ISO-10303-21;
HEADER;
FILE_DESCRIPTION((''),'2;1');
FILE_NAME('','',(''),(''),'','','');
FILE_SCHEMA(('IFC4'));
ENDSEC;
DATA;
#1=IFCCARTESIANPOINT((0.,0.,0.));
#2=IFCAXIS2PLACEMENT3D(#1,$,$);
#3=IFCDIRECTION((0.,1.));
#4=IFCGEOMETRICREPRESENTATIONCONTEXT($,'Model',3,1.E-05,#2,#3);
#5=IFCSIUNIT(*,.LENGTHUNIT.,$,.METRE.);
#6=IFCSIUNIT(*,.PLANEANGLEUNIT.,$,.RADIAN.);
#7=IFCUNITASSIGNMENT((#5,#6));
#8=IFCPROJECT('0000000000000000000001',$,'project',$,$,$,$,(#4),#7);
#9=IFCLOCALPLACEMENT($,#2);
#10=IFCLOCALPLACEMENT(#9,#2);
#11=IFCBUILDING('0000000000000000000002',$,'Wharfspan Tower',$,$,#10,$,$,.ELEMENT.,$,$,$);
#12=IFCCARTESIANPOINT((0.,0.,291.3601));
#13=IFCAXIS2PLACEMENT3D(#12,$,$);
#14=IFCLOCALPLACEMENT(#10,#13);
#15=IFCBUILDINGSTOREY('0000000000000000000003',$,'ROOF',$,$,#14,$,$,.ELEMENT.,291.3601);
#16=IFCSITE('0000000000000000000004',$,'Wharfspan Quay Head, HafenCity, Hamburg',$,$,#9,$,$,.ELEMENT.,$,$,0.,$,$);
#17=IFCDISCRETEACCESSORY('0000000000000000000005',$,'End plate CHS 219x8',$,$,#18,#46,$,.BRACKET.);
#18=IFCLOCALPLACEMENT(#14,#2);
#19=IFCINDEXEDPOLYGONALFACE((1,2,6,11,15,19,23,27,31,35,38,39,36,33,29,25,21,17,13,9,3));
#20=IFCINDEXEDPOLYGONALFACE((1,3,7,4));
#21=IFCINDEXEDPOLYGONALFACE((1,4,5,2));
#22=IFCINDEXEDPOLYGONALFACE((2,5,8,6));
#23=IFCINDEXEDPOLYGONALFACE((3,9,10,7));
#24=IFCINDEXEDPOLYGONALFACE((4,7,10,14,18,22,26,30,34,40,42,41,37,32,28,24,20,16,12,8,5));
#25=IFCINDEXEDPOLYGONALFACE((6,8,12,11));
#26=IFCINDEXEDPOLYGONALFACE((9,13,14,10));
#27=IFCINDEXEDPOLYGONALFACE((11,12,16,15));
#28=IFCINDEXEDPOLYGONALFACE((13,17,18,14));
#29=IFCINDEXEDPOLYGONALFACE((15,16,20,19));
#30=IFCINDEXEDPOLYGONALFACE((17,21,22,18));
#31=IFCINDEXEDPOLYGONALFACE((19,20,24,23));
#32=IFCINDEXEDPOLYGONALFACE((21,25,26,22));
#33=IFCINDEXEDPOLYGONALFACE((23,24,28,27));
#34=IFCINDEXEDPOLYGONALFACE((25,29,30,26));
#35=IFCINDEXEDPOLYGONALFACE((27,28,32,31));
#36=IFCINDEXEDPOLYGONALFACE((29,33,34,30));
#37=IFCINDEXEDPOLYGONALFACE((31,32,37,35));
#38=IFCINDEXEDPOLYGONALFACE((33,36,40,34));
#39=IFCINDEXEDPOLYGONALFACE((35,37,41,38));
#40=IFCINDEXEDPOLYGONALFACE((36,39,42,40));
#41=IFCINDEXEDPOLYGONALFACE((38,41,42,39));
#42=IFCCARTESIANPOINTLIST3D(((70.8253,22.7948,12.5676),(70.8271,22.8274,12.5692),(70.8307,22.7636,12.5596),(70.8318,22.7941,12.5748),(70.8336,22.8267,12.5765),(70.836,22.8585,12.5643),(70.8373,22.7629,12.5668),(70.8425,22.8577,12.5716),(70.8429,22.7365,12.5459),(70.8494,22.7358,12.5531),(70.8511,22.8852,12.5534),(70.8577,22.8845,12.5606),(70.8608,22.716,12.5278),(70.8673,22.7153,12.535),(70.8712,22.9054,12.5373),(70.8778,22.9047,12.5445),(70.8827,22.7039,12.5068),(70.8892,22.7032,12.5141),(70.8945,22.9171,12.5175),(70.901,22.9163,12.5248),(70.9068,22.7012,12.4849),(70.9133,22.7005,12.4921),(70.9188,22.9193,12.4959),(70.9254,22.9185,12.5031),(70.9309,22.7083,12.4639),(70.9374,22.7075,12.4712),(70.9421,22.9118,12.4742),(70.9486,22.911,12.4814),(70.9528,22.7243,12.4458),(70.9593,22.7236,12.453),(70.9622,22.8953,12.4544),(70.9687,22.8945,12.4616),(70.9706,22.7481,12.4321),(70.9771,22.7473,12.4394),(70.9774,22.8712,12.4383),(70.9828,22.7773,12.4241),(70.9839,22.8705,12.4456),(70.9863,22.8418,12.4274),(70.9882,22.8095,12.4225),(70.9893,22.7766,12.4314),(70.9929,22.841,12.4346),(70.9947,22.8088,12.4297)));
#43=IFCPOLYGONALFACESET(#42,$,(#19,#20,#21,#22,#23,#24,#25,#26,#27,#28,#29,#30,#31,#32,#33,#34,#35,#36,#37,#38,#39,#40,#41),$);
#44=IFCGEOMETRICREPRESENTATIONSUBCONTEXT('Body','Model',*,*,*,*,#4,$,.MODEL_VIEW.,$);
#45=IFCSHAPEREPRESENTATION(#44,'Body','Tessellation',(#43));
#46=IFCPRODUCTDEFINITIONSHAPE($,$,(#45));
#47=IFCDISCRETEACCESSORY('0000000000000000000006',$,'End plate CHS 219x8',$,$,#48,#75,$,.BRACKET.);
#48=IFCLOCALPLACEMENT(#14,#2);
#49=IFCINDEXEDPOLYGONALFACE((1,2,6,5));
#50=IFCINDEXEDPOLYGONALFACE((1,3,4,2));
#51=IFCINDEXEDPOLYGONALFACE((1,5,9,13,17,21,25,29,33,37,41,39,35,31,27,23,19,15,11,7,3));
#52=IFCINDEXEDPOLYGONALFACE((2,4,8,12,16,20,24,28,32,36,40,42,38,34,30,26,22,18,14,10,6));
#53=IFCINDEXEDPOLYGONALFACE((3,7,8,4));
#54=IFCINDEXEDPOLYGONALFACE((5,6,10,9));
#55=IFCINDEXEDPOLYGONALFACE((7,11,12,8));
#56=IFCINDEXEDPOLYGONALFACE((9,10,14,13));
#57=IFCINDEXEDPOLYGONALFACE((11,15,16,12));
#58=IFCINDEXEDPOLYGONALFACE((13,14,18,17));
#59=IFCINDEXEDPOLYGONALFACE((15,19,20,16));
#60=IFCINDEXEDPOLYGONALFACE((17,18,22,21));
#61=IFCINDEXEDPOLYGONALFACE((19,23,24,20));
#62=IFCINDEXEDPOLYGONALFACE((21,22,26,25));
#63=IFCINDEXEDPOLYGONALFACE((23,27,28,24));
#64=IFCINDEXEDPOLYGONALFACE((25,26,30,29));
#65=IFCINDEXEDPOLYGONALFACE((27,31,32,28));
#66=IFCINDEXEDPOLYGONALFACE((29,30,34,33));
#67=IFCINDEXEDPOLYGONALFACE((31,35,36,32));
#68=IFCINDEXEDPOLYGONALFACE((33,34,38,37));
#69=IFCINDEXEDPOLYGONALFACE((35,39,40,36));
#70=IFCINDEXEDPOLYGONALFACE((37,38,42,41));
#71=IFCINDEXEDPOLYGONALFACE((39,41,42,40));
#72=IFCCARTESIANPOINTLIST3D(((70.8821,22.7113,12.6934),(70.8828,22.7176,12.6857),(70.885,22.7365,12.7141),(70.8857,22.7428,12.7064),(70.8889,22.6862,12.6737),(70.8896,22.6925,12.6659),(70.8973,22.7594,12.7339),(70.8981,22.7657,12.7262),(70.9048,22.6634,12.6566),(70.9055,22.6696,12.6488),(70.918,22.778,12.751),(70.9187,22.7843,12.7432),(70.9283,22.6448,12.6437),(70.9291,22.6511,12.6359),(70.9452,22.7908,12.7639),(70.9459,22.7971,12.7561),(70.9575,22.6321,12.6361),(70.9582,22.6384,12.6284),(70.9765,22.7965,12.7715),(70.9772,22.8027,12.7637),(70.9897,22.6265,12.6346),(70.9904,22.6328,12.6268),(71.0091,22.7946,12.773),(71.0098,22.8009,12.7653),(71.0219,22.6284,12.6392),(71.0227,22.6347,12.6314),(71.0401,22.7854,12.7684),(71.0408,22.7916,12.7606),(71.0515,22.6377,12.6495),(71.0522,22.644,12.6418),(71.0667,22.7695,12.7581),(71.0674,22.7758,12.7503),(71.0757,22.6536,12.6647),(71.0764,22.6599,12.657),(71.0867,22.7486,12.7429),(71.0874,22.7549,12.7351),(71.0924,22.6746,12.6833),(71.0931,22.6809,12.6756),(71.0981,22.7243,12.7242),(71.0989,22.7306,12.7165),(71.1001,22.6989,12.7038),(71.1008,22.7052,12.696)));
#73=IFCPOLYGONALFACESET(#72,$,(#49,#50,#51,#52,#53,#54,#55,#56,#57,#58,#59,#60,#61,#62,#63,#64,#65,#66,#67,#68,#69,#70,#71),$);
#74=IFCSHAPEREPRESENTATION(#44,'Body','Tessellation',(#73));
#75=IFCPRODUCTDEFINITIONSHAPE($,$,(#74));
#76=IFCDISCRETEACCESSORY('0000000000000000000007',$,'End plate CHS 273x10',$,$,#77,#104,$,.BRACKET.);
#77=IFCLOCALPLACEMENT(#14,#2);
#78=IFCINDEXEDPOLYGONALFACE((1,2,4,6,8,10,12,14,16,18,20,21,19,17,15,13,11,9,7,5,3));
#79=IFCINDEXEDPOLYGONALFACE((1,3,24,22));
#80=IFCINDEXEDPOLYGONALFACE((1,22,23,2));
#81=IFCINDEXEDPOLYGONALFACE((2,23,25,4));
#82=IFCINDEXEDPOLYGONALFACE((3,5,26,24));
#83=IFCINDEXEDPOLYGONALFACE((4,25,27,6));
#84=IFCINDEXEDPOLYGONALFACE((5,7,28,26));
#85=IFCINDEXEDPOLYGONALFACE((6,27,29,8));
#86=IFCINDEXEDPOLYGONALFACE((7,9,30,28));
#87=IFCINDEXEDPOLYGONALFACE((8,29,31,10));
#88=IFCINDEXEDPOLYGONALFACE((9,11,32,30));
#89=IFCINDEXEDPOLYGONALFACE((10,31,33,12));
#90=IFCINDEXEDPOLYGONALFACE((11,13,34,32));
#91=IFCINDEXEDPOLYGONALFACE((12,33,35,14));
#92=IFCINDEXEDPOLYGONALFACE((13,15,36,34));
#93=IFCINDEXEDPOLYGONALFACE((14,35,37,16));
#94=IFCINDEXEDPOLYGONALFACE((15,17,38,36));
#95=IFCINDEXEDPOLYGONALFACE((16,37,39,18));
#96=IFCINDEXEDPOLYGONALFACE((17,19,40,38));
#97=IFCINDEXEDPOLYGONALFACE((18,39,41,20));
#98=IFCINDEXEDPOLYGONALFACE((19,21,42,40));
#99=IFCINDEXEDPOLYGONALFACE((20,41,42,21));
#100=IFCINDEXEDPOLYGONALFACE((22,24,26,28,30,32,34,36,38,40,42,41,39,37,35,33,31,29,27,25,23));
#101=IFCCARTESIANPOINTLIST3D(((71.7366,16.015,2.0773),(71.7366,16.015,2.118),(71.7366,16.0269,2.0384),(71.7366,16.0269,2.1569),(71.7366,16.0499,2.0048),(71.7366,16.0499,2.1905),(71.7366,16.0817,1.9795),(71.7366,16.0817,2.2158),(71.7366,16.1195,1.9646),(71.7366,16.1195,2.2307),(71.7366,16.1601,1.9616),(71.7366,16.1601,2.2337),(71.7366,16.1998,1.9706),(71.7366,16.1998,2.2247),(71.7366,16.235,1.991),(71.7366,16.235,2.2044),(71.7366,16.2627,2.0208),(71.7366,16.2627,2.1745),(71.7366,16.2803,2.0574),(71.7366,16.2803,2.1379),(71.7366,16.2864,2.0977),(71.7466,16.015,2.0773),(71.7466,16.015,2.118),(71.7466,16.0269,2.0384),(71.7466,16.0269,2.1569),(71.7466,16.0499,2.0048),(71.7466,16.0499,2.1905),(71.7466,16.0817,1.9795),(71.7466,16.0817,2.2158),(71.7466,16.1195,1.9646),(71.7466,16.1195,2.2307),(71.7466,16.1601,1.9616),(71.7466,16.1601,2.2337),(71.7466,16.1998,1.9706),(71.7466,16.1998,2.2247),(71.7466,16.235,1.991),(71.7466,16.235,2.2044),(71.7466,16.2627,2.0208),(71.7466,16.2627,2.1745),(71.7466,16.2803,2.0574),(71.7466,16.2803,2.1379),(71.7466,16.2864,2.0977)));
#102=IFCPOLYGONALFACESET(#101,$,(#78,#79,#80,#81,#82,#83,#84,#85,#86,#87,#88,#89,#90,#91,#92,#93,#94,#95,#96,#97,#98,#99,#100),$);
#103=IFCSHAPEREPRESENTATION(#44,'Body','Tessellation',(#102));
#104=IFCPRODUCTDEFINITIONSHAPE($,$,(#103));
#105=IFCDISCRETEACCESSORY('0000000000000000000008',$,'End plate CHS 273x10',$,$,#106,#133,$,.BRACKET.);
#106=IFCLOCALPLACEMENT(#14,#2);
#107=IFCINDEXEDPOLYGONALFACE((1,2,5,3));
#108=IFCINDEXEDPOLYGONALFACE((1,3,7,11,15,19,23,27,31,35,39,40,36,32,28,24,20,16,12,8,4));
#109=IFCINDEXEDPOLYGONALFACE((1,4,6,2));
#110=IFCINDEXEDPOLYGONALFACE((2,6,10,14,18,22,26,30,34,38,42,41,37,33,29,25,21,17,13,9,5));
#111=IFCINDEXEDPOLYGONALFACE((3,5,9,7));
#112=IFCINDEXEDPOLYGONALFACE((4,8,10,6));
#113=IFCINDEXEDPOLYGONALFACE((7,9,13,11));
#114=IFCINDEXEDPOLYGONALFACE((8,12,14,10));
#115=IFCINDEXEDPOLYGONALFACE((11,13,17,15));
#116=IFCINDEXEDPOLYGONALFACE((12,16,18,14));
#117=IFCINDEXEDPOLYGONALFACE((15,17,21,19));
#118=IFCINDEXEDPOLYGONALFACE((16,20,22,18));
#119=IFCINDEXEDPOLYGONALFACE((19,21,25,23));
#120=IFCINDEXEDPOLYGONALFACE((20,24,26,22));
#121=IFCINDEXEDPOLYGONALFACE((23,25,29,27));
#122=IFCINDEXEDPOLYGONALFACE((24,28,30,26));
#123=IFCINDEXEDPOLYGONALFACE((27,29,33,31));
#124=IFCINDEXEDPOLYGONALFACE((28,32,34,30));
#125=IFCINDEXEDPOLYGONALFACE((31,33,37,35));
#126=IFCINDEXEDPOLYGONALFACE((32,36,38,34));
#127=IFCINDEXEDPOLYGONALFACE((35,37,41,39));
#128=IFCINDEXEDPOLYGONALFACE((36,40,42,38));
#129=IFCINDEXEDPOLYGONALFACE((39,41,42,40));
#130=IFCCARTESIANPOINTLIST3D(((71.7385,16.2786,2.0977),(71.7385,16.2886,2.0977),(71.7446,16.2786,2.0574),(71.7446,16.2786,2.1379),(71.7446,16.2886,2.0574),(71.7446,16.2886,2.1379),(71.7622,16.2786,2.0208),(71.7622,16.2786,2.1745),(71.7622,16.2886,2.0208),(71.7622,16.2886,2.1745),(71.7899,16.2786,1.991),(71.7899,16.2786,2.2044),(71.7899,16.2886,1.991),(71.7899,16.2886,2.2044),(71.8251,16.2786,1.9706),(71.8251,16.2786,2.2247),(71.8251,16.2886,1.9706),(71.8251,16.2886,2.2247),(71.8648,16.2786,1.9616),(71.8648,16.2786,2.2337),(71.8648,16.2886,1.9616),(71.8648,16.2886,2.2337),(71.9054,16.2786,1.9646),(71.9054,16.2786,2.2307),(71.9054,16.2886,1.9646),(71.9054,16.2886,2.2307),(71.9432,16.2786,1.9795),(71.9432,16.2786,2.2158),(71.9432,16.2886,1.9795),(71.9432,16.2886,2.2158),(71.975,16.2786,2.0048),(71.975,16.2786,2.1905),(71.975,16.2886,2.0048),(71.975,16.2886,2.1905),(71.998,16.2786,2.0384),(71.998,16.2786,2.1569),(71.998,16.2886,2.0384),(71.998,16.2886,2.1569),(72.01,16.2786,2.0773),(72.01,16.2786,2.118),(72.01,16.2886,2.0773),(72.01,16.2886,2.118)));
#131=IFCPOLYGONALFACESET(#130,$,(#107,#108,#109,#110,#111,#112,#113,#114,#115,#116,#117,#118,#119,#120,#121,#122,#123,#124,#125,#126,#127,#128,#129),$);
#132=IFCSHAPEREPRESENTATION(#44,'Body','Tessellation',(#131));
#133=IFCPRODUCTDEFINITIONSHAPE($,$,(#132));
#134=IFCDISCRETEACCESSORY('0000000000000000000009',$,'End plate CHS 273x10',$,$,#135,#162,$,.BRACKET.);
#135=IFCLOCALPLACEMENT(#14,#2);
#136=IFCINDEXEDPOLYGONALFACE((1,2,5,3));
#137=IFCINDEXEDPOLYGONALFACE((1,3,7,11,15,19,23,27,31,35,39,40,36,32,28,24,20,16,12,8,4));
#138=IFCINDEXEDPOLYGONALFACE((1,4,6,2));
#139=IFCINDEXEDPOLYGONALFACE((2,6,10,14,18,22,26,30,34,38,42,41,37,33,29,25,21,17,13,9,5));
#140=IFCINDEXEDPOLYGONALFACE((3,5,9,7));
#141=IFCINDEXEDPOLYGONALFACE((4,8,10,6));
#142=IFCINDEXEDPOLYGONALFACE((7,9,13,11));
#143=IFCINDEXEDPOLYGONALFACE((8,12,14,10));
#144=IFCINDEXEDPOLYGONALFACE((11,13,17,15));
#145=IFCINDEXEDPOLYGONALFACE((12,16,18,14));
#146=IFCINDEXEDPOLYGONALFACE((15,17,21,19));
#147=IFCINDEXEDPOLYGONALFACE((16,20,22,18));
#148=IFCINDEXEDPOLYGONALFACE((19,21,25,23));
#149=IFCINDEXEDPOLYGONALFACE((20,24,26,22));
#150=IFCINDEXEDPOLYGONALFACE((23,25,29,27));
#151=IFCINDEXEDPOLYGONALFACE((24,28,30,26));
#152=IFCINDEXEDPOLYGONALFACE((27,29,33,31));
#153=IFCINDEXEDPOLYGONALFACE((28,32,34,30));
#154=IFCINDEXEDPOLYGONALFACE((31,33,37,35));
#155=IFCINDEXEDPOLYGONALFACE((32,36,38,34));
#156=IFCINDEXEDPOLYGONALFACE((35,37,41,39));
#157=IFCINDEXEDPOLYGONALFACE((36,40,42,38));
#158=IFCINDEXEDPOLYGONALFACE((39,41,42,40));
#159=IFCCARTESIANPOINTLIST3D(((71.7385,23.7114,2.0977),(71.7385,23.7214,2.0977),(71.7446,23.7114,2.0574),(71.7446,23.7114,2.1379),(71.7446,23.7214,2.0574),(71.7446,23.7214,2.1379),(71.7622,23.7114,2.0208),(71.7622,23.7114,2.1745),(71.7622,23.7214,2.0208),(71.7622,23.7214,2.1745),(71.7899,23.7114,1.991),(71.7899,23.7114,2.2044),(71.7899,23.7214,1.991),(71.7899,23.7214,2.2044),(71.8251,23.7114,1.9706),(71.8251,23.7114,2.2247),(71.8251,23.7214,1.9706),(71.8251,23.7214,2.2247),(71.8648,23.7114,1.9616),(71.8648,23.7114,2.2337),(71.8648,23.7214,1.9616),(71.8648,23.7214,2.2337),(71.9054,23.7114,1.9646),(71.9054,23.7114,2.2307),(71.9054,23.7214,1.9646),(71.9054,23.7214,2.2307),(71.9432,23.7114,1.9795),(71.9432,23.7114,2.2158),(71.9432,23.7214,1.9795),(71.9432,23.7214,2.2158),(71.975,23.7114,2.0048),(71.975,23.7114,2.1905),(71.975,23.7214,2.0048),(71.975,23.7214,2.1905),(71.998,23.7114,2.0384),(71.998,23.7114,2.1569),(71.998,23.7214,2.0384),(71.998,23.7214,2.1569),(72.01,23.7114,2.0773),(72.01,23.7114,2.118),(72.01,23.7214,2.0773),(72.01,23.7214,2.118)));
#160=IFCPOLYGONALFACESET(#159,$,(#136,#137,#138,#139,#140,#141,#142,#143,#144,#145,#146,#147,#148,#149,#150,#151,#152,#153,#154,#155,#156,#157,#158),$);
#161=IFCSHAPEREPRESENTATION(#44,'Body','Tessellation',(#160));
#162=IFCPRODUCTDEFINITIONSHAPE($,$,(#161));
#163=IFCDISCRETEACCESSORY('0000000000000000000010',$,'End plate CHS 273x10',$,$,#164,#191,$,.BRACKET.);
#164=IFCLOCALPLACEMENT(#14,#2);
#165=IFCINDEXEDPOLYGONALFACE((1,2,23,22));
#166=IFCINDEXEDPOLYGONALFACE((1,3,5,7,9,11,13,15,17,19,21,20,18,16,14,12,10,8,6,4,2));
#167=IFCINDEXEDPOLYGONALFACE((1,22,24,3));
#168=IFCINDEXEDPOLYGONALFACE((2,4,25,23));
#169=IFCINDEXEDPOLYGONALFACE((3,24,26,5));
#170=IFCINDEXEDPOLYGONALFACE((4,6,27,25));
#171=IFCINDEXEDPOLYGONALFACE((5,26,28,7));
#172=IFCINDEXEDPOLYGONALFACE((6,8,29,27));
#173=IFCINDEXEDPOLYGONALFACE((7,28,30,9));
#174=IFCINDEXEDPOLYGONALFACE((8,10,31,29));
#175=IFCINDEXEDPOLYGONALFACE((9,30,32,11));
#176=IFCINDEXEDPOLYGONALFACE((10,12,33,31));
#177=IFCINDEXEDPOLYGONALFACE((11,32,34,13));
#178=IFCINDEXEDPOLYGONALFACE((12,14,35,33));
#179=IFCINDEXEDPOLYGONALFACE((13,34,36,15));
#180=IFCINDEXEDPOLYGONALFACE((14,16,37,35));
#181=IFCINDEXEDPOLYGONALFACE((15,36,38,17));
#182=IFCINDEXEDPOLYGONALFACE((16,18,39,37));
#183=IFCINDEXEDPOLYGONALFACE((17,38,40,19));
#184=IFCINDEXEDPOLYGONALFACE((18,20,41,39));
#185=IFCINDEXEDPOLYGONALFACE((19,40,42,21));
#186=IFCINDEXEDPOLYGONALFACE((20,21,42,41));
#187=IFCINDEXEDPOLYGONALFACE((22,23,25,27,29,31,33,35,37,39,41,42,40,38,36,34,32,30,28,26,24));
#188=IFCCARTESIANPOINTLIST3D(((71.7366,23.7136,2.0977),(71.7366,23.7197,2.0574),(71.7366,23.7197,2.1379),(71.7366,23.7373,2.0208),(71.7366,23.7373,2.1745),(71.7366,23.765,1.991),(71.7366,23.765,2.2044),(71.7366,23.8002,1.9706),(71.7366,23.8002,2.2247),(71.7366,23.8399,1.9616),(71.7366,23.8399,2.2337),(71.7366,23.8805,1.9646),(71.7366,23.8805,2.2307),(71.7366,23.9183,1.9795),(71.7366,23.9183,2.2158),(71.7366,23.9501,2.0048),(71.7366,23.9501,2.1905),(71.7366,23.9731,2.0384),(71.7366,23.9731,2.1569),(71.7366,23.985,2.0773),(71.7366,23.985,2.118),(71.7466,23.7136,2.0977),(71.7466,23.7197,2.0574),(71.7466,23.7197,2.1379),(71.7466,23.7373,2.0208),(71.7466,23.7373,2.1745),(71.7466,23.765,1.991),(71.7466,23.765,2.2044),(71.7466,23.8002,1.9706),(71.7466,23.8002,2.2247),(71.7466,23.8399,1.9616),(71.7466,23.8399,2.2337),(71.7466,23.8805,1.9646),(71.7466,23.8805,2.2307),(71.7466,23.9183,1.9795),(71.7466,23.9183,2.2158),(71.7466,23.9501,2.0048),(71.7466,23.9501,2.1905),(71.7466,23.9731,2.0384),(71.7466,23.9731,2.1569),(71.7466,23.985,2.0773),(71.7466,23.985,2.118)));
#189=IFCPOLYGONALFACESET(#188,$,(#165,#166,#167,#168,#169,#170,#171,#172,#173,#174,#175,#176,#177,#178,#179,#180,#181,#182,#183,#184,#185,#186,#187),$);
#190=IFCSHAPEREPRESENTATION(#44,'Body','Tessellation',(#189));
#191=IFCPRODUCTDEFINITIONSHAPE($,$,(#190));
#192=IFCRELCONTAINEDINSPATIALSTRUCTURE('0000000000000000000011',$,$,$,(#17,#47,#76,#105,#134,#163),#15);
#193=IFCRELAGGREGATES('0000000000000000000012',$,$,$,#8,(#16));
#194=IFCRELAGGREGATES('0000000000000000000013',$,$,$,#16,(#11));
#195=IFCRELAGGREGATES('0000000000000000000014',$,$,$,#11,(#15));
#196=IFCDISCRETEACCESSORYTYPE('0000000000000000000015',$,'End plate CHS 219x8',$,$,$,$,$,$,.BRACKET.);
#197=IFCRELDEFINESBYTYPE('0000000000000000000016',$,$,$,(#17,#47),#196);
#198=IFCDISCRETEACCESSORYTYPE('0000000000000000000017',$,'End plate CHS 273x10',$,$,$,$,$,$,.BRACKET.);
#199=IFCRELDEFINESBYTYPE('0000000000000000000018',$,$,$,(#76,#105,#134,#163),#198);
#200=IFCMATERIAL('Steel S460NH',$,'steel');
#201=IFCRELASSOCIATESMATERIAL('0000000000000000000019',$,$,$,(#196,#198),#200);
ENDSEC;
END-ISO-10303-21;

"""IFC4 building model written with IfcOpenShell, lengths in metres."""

from ifc_helpers import new_model, si_unit, direction, frame, origin, origin_2d, place, context, subcontext, project, spatial, circle, extrude, material, material_profile, profile_set, type_object, element, save


model = new_model("IFC4")

# Units and contexts
model_context = context("Model", 3, precision=1e-05, world=origin(), true_north=direction((0.0, 1.0)))
body_context = subcontext(model_context, "Body", "Model", "MODEL_VIEW")
ifc_project = project(units=[si_unit("LENGTHUNIT", "METRE"), si_unit("PLANEANGLEUNIT", "RADIAN")], contexts=[model_context])

# Site, building, storey
site_placement = place(None, origin())
site = spatial("IfcSite", under=ifc_project, at=site_placement, Name="Wharfspan Quay Head, HafenCity, Hamburg", CompositionType="ELEMENT", RefElevation=0.0)
building_placement = place(site_placement, origin())
building = spatial("IfcBuilding", under=site, at=building_placement, Name="Wharfspan Tower", CompositionType="ELEMENT")
storey_placement = place(building_placement, frame((0.0, 0.0, 291.3601)))
storey = spatial("IfcBuildingStorey", under=building, at=storey_placement, Name="ROOF", CompositionType="ELEMENT", Elevation=291.3601)

# Shared definitions
ifc_material_1 = material(Name="Steel S460NH", Category="steel")

# Discrete accessories
ifc_material_profile_1 = material_profile(ifc_material_1, circle(Radius=0.1096, at=origin_2d()))
ifc_profile_set_1 = profile_set([ifc_material_profile_1], Name="Steel S460NH")
discrete_accessory_type_1 = type_object("IfcDiscreteAccessoryType", Name="End plate CHS 219x8", PredefinedType="BRACKET", material=ifc_profile_set_1)
for number, where, z_axis, x_axis, name in (
    (1, (70.9067, 22.8103, 12.4959), (0.667124, -0.074125, 0.741249), (0.110432, 0.993887, 0.0), "End plate CHS 219x8"),
):
    element("IfcDiscreteAccessory", number, at=place(storey_placement, frame(where, z_axis=z_axis, x_axis=x_axis)), inside=storey, type_object=discrete_accessory_type_1, Name=name, PredefinedType="BRACKET", context=body_context, shape_type="SweptSolid", body=[
        extrude(circle(Radius=0.1096, at=origin_2d()), origin(), (0.0, 0.0, 1.0), 0.0098),
    ])
discrete_accessory_1_placement = place(storey_placement, frame((70.9919, 22.7178, 12.696), z_axis=(-0.072569, -0.62893, 0.774068), x_axis=(0.993406, -0.114624, 0.0)))
element("IfcDiscreteAccessory", 2, at=discrete_accessory_1_placement, inside=storey, type_object=discrete_accessory_type_1, Name="End plate CHS 219x8", PredefinedType="BRACKET", context=body_context, shape_type="SweptSolid", body=[
    extrude(circle(Radius=0.1096, at=origin_2d()), origin(), (0.0, 0.0, 1.0), 0.01),
])
ifc_material_profile_2 = material_profile(ifc_material_1, circle(Radius=0.1365, at=origin_2d()))
ifc_profile_set_2 = profile_set([ifc_material_profile_2], Name="Steel S460NH")
discrete_accessory_type_2 = type_object("IfcDiscreteAccessoryType", Name="End plate CHS 273x10", PredefinedType="BRACKET", material=ifc_profile_set_2)
for number, where, z_axis, x_axis, name in (
    (3, (71.7366, 16.1499, 2.0977), (1.0, 0.0, 0.0), (0.0, 1.0, 0.0), "End plate CHS 273x10"),
    (4, (71.875, 16.2786, 2.0977), (0.0, 1.0, 0.0), (-1.0, 0.0, 0.0), "End plate CHS 273x10"),
    (5, (71.875, 23.7114, 2.0977), (0.0, 1.0, 0.0), (-1.0, 0.0, 0.0), "End plate CHS 273x10"),
    (6, (71.7466, 23.8501, 2.0977), (-1.0, 0.0, 0.0), (0.0, -1.0, 0.0), "End plate CHS 273x10"),
):
    element("IfcDiscreteAccessory", number, at=place(storey_placement, frame(where, z_axis=z_axis, x_axis=x_axis)), inside=storey, type_object=discrete_accessory_type_2, Name=name, PredefinedType="BRACKET", context=body_context, shape_type="SweptSolid", body=[
        extrude(circle(Radius=0.1365, at=origin_2d()), origin(), (0.0, 0.0, 1.0), 0.01),
    ])

save(model, "model.ifc")
